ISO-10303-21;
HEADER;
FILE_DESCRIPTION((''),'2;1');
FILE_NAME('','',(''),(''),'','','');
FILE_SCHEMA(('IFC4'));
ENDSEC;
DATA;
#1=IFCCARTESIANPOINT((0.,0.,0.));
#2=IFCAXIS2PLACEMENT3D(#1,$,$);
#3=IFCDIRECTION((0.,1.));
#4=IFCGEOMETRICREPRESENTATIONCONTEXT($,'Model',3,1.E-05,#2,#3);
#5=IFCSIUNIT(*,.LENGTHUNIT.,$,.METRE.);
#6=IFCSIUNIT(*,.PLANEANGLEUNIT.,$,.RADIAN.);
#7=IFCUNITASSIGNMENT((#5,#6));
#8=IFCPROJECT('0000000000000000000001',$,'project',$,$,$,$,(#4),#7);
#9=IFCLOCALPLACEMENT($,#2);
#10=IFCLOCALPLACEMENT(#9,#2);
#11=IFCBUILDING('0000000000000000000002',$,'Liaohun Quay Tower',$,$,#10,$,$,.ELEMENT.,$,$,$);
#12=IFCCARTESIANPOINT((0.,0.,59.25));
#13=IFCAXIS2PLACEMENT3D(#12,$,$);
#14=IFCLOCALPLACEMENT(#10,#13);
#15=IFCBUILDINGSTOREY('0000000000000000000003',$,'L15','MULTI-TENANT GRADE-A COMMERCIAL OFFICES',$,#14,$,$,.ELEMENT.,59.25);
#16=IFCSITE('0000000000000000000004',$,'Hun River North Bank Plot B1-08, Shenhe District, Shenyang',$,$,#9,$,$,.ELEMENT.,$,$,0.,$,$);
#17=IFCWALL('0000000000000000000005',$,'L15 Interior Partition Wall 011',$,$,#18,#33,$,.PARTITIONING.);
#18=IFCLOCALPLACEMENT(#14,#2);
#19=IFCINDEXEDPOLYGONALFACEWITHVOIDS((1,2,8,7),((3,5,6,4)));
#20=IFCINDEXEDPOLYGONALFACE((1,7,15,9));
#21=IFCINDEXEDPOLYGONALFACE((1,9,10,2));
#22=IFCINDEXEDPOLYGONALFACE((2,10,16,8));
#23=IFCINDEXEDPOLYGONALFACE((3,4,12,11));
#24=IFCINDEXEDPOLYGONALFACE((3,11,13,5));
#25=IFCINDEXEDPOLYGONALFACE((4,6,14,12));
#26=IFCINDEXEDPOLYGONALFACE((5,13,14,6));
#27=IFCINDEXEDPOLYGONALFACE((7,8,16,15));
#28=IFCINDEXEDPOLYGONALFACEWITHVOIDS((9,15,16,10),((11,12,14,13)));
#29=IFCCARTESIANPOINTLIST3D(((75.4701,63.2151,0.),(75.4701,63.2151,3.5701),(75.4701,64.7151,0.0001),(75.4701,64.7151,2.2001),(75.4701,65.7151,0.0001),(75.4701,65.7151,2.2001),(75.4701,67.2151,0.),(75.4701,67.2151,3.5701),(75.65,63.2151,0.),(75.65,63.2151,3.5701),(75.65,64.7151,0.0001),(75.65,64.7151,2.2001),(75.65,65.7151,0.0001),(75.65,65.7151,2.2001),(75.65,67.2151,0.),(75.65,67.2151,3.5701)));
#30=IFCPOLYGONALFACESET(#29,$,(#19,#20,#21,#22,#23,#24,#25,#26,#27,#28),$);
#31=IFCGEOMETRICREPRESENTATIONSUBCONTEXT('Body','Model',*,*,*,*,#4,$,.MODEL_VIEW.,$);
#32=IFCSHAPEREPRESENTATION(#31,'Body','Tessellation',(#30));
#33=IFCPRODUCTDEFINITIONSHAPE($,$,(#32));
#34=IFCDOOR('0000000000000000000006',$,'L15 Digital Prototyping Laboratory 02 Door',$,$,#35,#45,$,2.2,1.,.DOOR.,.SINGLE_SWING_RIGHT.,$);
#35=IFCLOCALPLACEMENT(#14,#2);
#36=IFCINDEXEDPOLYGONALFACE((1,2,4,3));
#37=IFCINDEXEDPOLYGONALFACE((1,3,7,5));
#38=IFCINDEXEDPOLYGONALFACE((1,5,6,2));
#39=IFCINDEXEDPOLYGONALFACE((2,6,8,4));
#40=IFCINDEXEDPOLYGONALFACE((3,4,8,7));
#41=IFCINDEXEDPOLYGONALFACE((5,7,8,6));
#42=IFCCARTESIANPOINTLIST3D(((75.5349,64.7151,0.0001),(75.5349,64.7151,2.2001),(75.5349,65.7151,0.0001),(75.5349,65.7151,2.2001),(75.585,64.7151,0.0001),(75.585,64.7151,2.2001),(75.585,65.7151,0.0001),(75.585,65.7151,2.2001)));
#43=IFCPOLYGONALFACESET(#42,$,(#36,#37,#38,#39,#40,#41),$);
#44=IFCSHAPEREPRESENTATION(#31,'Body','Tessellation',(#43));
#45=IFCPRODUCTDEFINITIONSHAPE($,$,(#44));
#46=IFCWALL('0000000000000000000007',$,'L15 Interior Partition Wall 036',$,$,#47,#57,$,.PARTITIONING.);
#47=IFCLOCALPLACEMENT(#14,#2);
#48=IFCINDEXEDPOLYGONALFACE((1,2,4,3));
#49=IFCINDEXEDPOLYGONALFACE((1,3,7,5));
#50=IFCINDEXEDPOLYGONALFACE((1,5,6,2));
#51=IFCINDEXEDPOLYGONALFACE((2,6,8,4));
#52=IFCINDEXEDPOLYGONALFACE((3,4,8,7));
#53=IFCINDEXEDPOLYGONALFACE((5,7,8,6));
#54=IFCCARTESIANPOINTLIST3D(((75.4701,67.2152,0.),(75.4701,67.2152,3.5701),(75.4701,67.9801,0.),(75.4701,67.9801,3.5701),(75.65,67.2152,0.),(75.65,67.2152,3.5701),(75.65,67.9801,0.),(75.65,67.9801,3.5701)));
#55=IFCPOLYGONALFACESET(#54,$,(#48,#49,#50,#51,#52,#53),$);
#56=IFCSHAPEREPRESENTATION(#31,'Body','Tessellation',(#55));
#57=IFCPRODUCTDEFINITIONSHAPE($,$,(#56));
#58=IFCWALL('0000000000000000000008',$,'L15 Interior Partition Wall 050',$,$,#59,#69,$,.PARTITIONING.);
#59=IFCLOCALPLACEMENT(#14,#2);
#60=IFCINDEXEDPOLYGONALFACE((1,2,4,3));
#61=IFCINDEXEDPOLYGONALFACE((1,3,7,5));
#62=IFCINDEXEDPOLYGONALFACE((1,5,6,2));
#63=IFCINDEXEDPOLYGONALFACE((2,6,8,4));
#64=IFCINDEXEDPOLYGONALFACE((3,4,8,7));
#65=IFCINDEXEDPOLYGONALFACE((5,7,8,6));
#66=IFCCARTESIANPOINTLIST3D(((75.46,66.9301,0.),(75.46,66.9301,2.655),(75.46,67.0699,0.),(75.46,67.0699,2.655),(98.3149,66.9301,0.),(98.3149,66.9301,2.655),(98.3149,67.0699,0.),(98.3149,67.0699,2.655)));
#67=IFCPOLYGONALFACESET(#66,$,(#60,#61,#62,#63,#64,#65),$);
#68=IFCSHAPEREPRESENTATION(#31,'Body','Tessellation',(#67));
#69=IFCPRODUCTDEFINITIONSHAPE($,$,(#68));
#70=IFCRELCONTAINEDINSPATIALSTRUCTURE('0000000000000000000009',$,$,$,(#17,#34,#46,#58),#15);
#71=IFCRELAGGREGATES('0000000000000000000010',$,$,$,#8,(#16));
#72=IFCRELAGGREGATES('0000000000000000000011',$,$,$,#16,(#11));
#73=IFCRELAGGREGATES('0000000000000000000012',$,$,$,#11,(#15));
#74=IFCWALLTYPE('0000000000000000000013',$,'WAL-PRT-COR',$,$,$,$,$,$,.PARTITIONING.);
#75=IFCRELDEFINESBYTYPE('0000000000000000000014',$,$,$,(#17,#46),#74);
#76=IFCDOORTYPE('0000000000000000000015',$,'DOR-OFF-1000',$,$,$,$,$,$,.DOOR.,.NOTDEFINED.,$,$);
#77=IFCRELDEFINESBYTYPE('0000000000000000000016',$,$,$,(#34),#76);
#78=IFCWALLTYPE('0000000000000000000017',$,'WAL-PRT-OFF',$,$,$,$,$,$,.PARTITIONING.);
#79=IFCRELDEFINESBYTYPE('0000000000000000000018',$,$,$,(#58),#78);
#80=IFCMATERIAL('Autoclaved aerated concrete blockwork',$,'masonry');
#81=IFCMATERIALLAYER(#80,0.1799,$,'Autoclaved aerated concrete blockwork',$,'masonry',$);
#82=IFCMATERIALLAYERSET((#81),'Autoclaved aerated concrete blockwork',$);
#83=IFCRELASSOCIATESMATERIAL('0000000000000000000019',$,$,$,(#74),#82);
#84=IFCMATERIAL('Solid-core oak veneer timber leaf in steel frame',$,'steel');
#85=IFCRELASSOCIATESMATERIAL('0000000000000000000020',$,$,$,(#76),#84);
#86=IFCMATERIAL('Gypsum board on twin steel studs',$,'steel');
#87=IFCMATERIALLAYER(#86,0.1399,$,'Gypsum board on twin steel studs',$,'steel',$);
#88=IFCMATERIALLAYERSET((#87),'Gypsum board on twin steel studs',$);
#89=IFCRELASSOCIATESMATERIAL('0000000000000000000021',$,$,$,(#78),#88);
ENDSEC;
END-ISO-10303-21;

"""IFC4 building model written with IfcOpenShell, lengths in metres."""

from ifc_helpers import new_model, si_unit, direction, frame, frame_2d, origin, place, context, subcontext, project, spatial, rectangle, extrude, source, transform, mapped, material, layer, layer_set, type_object, element, fill, save


model = new_model("IFC4")

# Units and contexts
model_context = context("Model", 3, precision=1e-05, world=origin(), true_north=direction((0.0, 1.0)))
body_context = subcontext(model_context, "Body", "Model", "MODEL_VIEW")
ifc_project = project(units=[si_unit("LENGTHUNIT", "METRE"), si_unit("PLANEANGLEUNIT", "RADIAN")], contexts=[model_context])

# Site, building, storey
site_placement = place(None, origin())
site = spatial("IfcSite", under=ifc_project, at=site_placement, Name="Hun River North Bank Plot B1-08, Shenhe District, Shenyang", CompositionType="ELEMENT", RefElevation=0.0)
building_placement = place(site_placement, origin())
building = spatial("IfcBuilding", under=site, at=building_placement, Name="Liaohun Quay Tower", CompositionType="ELEMENT")
storey_placement = place(building_placement, frame((0.0, 0.0, 59.25)))
storey = spatial("IfcBuildingStorey", under=building, at=storey_placement, Name="L15", Description="MULTI-TENANT GRADE-A COMMERCIAL OFFICES", CompositionType="ELEMENT", Elevation=59.25)

# Wall, opening, door
ifc_material_1 = material(Name="Autoclaved aerated concrete blockwork", Category="masonry")
ifc_layer_1 = layer(ifc_material_1, 0.1799, Name="Autoclaved aerated concrete blockwork", Category="masonry")
ifc_layer_set_1 = layer_set([ifc_layer_1], Name="Autoclaved aerated concrete blockwork")
wall_type_1 = type_object("IfcWallType", Name="WAL-PRT-COR", PredefinedType="PARTITIONING", material=ifc_layer_set_1)
wall_1_placement = place(storey_placement, frame((75.5601, 67.2151, 0.0), z_axis=(0.0, 0.0, 1.0), x_axis=(0.0, -1.0, 0.0)))
wall_1 = element("IfcWall", 1, at=wall_1_placement, inside=storey, type_object=wall_type_1, Name="L15 Interior Partition Wall 011", PredefinedType="PARTITIONING", context=body_context, shape_type="SweptSolid", body=[
    extrude(rectangle(XDim=4.0, YDim=0.1799, at=frame_2d((2.0, 0.0))), origin(), (0.0, 0.0, 1.0), 3.5701),
])
shared_shape_1 = source(origin(), body_context, "Body", "SweptSolid", [
    extrude(rectangle(XDim=1.0, YDim=2.2, at=frame_2d((0.5, 1.1001))), frame((0.0, 0.0999, 0.0), z_axis=(0.0, -1.0, 0.0), x_axis=(1.0, 0.0, 0.0)), (0.0, 0.0, 1.0), 0.2),
])
opening_1_placement = place(wall_1_placement, frame((1.5, 0.0, 0.0)))
opening_1 = element("IfcOpeningElement", 2, at=opening_1_placement, cuts=wall_1, PredefinedType="OPENING", context=body_context, shape_type="MappedRepresentation", body=[
    mapped(shared_shape_1, transform((0.0, 0.0, 0.0), x_axis=(1.0, 0.0, 0.0), y_axis=(0.0, 1.0, 0.0), z_axis=(0.0, 0.0, 1.0), scale=1.0)),
])
ifc_material_2 = material(Name="Solid-core oak veneer timber leaf in steel frame", Category="steel")
door_type_1 = type_object("IfcDoorType", Name="DOR-OFF-1000", OperationType="NOTDEFINED", PredefinedType="DOOR", material=ifc_material_2)
shared_shape_2 = source(origin(), body_context, "Body", "SweptSolid", [
    extrude(rectangle(XDim=1.0, YDim=2.2, at=frame_2d((0.5, 1.1001))), frame((0.0, 0.0249, 0.0), z_axis=(0.0, -1.0, 0.0), x_axis=(1.0, 0.0, 0.0)), (0.0, 0.0, 1.0), 0.05),
])
door_1_placement = place(opening_1_placement, origin())
door_1 = element("IfcDoor", 3, at=door_1_placement, inside=storey, type_object=door_type_1, Name="L15 Digital Prototyping Laboratory 02 Door", OperationType="SINGLE_SWING_RIGHT", OverallHeight=2.2, OverallWidth=1.0, PredefinedType="DOOR", context=body_context, shape_type="MappedRepresentation", body=[
    mapped(shared_shape_2, transform((0.0, 0.0, 0.0), x_axis=(1.0, 0.0, 0.0), y_axis=(0.0, 1.0, 0.0), z_axis=(0.0, 0.0, 1.0), scale=1.0)),
])
fill(opening_1, door_1)

# Walls
wall_2_placement = place(storey_placement, frame((75.5601, 67.98, 0.0), z_axis=(0.0, 0.0, 1.0), x_axis=(0.0, -1.0, 0.0)))
element("IfcWall", 4, at=wall_2_placement, inside=storey, type_object=wall_type_1, Name="L15 Interior Partition Wall 036", PredefinedType="PARTITIONING", context=body_context, shape_type="SweptSolid", body=[
    extrude(rectangle(XDim=0.7649, YDim=0.1799, at=frame_2d((0.3823, 0.0))), origin(), (0.0, 0.0, 1.0), 3.5701),
])
ifc_material_3 = material(Name="Gypsum board on twin steel studs", Category="steel")
ifc_layer_2 = layer(ifc_material_3, 0.1399, Name="Gypsum board on twin steel studs", Category="steel")
ifc_layer_set_2 = layer_set([ifc_layer_2], Name="Gypsum board on twin steel studs")
wall_type_2 = type_object("IfcWallType", Name="WAL-PRT-OFF", PredefinedType="PARTITIONING", material=ifc_layer_set_2)
wall_3_placement = place(storey_placement, frame((75.46, 67.0, 0.0), z_axis=(0.0, 0.0, 1.0), x_axis=(1.0, 0.0, 0.0)))
element("IfcWall", 5, at=wall_3_placement, inside=storey, type_object=wall_type_2, Name="L15 Interior Partition Wall 050", PredefinedType="PARTITIONING", context=body_context, shape_type="SweptSolid", body=[
    extrude(rectangle(XDim=22.855, YDim=0.1399, at=frame_2d((11.4275, 0.0))), origin(), (0.0, 0.0, 1.0), 2.655),
])

save(model, "model.ifc")
